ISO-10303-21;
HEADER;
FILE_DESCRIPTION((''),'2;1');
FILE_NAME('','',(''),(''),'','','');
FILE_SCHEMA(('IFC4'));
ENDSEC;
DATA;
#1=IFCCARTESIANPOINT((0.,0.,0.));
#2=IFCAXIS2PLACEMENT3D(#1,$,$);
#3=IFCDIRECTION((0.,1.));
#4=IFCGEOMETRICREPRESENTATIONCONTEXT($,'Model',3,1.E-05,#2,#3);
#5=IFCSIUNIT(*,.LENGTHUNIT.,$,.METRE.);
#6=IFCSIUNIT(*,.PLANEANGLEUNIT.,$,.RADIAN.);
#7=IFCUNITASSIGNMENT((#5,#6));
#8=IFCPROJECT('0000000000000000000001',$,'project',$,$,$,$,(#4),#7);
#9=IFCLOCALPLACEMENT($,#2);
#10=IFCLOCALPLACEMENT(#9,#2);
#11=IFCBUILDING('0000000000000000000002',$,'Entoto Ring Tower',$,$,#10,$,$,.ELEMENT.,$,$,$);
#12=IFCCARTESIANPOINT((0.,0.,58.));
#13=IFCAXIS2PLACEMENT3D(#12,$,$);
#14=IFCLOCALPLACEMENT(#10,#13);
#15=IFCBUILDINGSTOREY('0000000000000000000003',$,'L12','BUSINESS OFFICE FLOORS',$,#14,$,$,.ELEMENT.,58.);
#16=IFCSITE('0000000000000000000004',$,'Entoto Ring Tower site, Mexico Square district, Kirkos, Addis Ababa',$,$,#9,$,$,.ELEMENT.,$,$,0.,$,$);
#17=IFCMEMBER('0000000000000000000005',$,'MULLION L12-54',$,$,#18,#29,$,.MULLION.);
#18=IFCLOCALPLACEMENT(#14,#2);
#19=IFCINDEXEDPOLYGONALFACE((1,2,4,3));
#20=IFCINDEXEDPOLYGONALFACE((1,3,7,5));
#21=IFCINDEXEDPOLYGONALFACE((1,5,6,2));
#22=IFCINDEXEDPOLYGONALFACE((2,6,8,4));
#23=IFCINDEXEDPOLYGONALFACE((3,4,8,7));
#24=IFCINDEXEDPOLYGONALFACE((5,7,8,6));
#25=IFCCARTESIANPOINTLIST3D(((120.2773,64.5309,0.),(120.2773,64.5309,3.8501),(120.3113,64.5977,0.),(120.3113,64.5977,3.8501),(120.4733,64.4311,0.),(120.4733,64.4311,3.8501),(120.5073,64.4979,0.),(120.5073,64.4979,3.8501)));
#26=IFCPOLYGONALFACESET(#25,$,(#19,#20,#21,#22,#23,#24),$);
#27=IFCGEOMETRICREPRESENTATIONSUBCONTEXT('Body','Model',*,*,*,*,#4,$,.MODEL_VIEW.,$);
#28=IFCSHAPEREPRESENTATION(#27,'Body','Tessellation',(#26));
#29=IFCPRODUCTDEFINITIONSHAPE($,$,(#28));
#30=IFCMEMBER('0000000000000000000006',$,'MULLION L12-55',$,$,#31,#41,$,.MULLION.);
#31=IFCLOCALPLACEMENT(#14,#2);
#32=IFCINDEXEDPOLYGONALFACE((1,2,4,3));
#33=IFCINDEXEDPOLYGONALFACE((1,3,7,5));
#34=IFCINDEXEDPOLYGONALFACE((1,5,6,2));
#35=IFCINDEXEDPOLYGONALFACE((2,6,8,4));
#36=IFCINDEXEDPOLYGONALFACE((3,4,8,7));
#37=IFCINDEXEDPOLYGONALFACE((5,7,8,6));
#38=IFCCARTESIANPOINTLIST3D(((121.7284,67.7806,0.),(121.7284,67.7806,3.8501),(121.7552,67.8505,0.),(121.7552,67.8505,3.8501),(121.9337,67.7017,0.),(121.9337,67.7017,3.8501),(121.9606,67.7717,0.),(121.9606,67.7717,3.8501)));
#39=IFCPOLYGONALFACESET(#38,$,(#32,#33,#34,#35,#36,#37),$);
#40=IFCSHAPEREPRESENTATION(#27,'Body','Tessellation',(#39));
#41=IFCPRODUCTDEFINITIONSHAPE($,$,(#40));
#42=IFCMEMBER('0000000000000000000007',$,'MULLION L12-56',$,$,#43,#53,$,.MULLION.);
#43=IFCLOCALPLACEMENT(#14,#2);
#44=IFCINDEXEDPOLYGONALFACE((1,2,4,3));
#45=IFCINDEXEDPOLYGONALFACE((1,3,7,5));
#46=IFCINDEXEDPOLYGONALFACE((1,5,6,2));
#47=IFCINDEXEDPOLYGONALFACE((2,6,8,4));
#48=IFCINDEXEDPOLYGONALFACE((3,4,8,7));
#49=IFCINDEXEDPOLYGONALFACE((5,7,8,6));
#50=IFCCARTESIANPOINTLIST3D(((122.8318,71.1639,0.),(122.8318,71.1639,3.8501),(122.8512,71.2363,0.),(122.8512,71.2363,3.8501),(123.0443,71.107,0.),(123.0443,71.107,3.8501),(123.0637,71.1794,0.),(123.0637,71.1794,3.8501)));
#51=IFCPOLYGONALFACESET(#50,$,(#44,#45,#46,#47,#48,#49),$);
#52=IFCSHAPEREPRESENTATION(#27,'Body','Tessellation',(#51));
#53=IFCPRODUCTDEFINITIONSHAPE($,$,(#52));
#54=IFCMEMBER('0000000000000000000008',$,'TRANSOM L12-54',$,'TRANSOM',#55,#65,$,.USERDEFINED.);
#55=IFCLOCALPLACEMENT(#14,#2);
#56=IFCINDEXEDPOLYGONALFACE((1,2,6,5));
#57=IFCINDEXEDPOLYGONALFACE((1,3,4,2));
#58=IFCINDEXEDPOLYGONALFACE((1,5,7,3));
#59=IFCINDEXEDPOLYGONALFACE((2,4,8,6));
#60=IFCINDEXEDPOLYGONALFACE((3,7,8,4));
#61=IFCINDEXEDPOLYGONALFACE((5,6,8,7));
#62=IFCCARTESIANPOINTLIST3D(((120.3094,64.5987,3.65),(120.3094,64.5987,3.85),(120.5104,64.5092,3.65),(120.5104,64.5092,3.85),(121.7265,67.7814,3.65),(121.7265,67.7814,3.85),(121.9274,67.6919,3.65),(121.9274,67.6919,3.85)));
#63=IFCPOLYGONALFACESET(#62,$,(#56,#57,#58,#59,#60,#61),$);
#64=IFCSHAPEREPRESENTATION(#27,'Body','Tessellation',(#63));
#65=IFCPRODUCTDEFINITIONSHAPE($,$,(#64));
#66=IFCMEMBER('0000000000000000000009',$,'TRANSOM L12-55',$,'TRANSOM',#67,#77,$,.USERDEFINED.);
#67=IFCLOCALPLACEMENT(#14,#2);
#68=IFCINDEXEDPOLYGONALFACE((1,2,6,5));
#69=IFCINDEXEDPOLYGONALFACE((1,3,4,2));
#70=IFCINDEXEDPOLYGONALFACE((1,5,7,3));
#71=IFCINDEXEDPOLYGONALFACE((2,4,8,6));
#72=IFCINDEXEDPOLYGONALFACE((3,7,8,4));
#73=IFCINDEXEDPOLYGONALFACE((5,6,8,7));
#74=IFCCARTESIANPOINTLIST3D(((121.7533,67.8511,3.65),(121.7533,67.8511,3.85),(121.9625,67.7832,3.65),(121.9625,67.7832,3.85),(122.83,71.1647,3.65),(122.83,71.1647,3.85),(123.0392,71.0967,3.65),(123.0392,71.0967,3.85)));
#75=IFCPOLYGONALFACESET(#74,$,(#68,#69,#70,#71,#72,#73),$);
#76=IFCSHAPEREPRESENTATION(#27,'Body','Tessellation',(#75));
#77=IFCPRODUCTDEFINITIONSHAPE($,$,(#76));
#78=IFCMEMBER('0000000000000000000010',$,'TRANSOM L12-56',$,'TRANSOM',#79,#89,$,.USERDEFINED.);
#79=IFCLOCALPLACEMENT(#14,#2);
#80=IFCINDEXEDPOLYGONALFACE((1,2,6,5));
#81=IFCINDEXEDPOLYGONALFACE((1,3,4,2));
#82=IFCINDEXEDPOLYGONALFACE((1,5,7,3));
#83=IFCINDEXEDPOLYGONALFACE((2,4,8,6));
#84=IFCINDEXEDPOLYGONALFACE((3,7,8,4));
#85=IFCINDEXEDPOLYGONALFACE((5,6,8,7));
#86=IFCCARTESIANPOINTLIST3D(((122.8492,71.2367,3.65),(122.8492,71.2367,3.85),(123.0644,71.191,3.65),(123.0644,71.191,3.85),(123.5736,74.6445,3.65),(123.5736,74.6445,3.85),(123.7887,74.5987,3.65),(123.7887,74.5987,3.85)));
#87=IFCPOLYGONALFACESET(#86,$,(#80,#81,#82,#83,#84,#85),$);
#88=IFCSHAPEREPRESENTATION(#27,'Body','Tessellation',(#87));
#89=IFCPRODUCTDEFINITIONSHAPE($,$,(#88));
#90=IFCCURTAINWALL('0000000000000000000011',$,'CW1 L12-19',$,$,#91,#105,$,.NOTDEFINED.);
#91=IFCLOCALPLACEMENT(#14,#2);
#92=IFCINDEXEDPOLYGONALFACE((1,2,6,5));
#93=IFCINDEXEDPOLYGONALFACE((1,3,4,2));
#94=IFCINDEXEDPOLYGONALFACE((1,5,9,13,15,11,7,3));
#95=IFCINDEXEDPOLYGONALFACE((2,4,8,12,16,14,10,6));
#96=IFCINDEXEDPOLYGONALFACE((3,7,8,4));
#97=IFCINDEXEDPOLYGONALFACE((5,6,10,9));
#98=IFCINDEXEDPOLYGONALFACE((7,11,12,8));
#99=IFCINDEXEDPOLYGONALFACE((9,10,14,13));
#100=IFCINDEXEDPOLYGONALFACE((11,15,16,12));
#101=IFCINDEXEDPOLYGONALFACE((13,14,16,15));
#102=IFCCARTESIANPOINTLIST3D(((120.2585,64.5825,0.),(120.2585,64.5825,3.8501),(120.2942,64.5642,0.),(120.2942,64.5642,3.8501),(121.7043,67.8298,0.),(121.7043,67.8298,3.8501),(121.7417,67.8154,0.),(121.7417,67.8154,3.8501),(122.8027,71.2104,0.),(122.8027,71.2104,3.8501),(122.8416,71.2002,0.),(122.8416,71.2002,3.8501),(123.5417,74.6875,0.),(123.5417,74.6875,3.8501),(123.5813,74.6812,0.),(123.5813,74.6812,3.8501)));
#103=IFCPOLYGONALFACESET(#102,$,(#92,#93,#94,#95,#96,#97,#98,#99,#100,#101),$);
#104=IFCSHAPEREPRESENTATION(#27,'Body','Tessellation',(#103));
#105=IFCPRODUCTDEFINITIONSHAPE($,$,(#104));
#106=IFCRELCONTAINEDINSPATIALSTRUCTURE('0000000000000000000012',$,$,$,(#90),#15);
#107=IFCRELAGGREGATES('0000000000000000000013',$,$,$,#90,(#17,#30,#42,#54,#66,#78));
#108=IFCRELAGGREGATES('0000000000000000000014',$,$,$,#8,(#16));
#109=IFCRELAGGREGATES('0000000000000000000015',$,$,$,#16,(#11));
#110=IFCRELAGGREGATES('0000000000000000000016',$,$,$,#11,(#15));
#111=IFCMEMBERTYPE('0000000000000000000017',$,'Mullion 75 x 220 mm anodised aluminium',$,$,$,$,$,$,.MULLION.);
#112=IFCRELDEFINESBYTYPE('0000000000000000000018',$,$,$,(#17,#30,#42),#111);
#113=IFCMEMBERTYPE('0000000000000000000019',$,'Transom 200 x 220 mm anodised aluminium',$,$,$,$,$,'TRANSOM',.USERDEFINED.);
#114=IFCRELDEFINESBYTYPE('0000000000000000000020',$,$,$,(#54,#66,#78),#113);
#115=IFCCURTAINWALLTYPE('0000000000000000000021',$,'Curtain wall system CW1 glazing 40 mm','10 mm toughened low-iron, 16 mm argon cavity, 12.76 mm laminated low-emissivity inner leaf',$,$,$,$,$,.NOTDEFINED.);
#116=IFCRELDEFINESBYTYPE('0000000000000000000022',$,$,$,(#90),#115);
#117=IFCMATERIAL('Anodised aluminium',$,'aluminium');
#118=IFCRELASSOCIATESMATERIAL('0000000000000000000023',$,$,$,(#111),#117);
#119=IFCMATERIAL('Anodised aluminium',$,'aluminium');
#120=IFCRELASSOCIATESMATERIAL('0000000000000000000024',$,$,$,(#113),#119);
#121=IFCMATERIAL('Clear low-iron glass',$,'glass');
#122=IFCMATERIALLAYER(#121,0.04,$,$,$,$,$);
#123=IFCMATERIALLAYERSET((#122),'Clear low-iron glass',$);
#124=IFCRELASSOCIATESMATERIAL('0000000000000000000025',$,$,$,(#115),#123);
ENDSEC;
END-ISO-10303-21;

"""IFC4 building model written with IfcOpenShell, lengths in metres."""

from ifc_helpers import new_model, si_unit, direction, frame, origin, origin_2d, place, context, subcontext, project, spatial, polyline, rectangle, outline, extrude, material, layer, layer_set, material_profile, profile_set, type_object, element, aggregate, save


model = new_model("IFC4")

# Units and contexts
model_context = context("Model", 3, precision=1e-05, world=origin(), true_north=direction((0.0, 1.0)))
body_context = subcontext(model_context, "Body", "Model", "MODEL_VIEW")
ifc_project = project(units=[si_unit("LENGTHUNIT", "METRE"), si_unit("PLANEANGLEUNIT", "RADIAN")], contexts=[model_context])

# Members
ifc_material_1 = material(Name="Anodised aluminium", Category="aluminium")
ifc_material_profile_1 = material_profile(ifc_material_1, rectangle(XDim=0.075, YDim=0.22, at=origin_2d()), Name="Mullion 75 x 220 mm anodised aluminium")
ifc_profile_set_1 = profile_set([ifc_material_profile_1], Name="Anodised aluminium")
member_type_1 = type_object("IfcMemberType", Name="Mullion 75 x 220 mm anodised aluminium", PredefinedType="MULLION", material=ifc_profile_set_1)
site_placement = place(None, origin())
building_placement = place(site_placement, origin())
storey_placement = place(building_placement, frame((0.0, 0.0, 58.0)))
member_1_placement = place(storey_placement, frame((120.3923, 64.5144, 0.0), z_axis=(0.0, 0.0, 1.0), x_axis=(0.45399, 0.891007, 0.0)))
member_1 = element("IfcMember", 1, at=member_1_placement, type_object=member_type_1, Name="MULLION L12-54", PredefinedType="MULLION", context=body_context, shape_type="SweptSolid", body=[
    extrude(rectangle(XDim=0.075, YDim=0.22, at=origin_2d()), origin(), (0.0, 0.0, 1.0), 3.8501),
])
member_2_placement = place(storey_placement, frame((121.8445, 67.7761, 0.0), z_axis=(0.0, 0.0, 1.0), x_axis=(0.358368, 0.93358, 0.0)))
member_2 = element("IfcMember", 2, at=member_2_placement, type_object=member_type_1, Name="MULLION L12-55", PredefinedType="MULLION", context=body_context, shape_type="SweptSolid", body=[
    extrude(rectangle(XDim=0.075, YDim=0.22, at=origin_2d()), origin(), (0.0, 0.0, 1.0), 3.8501),
])
member_3_placement = place(storey_placement, frame((122.9478, 71.1716, 0.0), z_axis=(0.0, 0.0, 1.0), x_axis=(0.258819, 0.965926, 0.0)))
member_3 = element("IfcMember", 3, at=member_3_placement, type_object=member_type_1, Name="MULLION L12-56", PredefinedType="MULLION", context=body_context, shape_type="SweptSolid", body=[
    extrude(rectangle(XDim=0.075, YDim=0.22, at=origin_2d()), origin(), (0.0, 0.0, 1.0), 3.8501),
])
ifc_material_2 = material(Name="Anodised aluminium", Category="aluminium")
ifc_material_profile_2 = material_profile(ifc_material_2, rectangle(XDim=0.22, YDim=0.2, at=origin_2d()), Name="Transom 200 x 220 mm anodised aluminium")
ifc_profile_set_2 = profile_set([ifc_material_profile_2], Name="Anodised aluminium")
member_type_2 = type_object("IfcMemberType", Name="Transom 200 x 220 mm anodised aluminium", ElementType="TRANSOM", PredefinedType="USERDEFINED", material=ifc_profile_set_2)
member_4_placement = place(storey_placement, frame((120.4099, 64.554, 3.75), z_axis=(0.406737, 0.913545, 0.0), x_axis=(-0.913545, 0.406737, 0.0)))
member_4 = element("IfcMember", 4, at=member_4_placement, type_object=member_type_2, Name="TRANSOM L12-54", ObjectType="TRANSOM", PredefinedType="USERDEFINED", context=body_context, shape_type="SweptSolid", body=[
    extrude(rectangle(XDim=0.22, YDim=0.2, at=origin_2d()), origin(), (0.0, 0.0, 1.0), 3.4839),
])
member_5_placement = place(storey_placement, frame((121.8579, 67.8171, 3.75), z_axis=(0.309029, 0.951053, 0.0), x_axis=(-0.951053, 0.309029, 0.0)))
member_5 = element("IfcMember", 5, at=member_5_placement, type_object=member_type_2, Name="TRANSOM L12-55", ObjectType="TRANSOM", PredefinedType="USERDEFINED", context=body_context, shape_type="SweptSolid", body=[
    extrude(rectangle(XDim=0.22, YDim=0.2, at=origin_2d()), origin(), (0.0, 0.0, 1.0), 3.4841),
])
member_6_placement = place(storey_placement, frame((122.9568, 71.2139, 3.75), z_axis=(0.207921, 0.978146, 0.0), x_axis=(-0.978146, 0.207921, 0.0)))
member_6 = element("IfcMember", 6, at=member_6_placement, type_object=member_type_2, Name="TRANSOM L12-56", ObjectType="TRANSOM", PredefinedType="USERDEFINED", context=body_context, shape_type="SweptSolid", body=[
    extrude(rectangle(XDim=0.22, YDim=0.2, at=origin_2d()), origin(), (0.0, 0.0, 1.0), 3.4839),
])

# Site, building, storey
site = spatial("IfcSite", under=ifc_project, at=site_placement, Name="Entoto Ring Tower site, Mexico Square district, Kirkos, Addis Ababa", CompositionType="ELEMENT", RefElevation=0.0)
building = spatial("IfcBuilding", under=site, at=building_placement, Name="Entoto Ring Tower", CompositionType="ELEMENT")
storey = spatial("IfcBuildingStorey", under=building, at=storey_placement, Name="L12", Description="BUSINESS OFFICE FLOORS", CompositionType="ELEMENT", Elevation=58.0)

# Curtain wall
ifc_material_3 = material(Name="Clear low-iron glass", Category="glass")
ifc_layer_1 = layer(ifc_material_3, 0.04)
ifc_layer_set_1 = layer_set([ifc_layer_1], Name="Clear low-iron glass")
curtain_wall_type = type_object("IfcCurtainWallType", Name="Curtain wall system CW1 glazing 40 mm", Description="10 mm toughened low-iron, 16 mm argon cavity, 12.76 mm laminated low-emissivity inner leaf", PredefinedType="NOTDEFINED", material=ifc_layer_set_1)
curtain_wall_1_placement = place(storey_placement, origin())
curtain_wall_1 = element("IfcCurtainWall", 7, at=curtain_wall_1_placement, inside=storey, type_object=curtain_wall_type, Name="CW1 L12-19", PredefinedType="NOTDEFINED", context=body_context, shape_type="SweptSolid", body=[
    extrude(outline(polyline([(120.2942, 64.5642), (121.7417, 67.8154), (122.8416, 71.2002), (123.5813, 74.6812), (123.5417, 74.6875), (122.8027, 71.2104), (121.7043, 67.8298), (120.2585, 64.5825), (120.2942, 64.5642)])), origin(), (0.0, 0.0, 1.0), 3.8501),
])
aggregate(curtain_wall_1, [member_1, member_2, member_3, member_4, member_5, member_6])

save(model, "model.ifc")
